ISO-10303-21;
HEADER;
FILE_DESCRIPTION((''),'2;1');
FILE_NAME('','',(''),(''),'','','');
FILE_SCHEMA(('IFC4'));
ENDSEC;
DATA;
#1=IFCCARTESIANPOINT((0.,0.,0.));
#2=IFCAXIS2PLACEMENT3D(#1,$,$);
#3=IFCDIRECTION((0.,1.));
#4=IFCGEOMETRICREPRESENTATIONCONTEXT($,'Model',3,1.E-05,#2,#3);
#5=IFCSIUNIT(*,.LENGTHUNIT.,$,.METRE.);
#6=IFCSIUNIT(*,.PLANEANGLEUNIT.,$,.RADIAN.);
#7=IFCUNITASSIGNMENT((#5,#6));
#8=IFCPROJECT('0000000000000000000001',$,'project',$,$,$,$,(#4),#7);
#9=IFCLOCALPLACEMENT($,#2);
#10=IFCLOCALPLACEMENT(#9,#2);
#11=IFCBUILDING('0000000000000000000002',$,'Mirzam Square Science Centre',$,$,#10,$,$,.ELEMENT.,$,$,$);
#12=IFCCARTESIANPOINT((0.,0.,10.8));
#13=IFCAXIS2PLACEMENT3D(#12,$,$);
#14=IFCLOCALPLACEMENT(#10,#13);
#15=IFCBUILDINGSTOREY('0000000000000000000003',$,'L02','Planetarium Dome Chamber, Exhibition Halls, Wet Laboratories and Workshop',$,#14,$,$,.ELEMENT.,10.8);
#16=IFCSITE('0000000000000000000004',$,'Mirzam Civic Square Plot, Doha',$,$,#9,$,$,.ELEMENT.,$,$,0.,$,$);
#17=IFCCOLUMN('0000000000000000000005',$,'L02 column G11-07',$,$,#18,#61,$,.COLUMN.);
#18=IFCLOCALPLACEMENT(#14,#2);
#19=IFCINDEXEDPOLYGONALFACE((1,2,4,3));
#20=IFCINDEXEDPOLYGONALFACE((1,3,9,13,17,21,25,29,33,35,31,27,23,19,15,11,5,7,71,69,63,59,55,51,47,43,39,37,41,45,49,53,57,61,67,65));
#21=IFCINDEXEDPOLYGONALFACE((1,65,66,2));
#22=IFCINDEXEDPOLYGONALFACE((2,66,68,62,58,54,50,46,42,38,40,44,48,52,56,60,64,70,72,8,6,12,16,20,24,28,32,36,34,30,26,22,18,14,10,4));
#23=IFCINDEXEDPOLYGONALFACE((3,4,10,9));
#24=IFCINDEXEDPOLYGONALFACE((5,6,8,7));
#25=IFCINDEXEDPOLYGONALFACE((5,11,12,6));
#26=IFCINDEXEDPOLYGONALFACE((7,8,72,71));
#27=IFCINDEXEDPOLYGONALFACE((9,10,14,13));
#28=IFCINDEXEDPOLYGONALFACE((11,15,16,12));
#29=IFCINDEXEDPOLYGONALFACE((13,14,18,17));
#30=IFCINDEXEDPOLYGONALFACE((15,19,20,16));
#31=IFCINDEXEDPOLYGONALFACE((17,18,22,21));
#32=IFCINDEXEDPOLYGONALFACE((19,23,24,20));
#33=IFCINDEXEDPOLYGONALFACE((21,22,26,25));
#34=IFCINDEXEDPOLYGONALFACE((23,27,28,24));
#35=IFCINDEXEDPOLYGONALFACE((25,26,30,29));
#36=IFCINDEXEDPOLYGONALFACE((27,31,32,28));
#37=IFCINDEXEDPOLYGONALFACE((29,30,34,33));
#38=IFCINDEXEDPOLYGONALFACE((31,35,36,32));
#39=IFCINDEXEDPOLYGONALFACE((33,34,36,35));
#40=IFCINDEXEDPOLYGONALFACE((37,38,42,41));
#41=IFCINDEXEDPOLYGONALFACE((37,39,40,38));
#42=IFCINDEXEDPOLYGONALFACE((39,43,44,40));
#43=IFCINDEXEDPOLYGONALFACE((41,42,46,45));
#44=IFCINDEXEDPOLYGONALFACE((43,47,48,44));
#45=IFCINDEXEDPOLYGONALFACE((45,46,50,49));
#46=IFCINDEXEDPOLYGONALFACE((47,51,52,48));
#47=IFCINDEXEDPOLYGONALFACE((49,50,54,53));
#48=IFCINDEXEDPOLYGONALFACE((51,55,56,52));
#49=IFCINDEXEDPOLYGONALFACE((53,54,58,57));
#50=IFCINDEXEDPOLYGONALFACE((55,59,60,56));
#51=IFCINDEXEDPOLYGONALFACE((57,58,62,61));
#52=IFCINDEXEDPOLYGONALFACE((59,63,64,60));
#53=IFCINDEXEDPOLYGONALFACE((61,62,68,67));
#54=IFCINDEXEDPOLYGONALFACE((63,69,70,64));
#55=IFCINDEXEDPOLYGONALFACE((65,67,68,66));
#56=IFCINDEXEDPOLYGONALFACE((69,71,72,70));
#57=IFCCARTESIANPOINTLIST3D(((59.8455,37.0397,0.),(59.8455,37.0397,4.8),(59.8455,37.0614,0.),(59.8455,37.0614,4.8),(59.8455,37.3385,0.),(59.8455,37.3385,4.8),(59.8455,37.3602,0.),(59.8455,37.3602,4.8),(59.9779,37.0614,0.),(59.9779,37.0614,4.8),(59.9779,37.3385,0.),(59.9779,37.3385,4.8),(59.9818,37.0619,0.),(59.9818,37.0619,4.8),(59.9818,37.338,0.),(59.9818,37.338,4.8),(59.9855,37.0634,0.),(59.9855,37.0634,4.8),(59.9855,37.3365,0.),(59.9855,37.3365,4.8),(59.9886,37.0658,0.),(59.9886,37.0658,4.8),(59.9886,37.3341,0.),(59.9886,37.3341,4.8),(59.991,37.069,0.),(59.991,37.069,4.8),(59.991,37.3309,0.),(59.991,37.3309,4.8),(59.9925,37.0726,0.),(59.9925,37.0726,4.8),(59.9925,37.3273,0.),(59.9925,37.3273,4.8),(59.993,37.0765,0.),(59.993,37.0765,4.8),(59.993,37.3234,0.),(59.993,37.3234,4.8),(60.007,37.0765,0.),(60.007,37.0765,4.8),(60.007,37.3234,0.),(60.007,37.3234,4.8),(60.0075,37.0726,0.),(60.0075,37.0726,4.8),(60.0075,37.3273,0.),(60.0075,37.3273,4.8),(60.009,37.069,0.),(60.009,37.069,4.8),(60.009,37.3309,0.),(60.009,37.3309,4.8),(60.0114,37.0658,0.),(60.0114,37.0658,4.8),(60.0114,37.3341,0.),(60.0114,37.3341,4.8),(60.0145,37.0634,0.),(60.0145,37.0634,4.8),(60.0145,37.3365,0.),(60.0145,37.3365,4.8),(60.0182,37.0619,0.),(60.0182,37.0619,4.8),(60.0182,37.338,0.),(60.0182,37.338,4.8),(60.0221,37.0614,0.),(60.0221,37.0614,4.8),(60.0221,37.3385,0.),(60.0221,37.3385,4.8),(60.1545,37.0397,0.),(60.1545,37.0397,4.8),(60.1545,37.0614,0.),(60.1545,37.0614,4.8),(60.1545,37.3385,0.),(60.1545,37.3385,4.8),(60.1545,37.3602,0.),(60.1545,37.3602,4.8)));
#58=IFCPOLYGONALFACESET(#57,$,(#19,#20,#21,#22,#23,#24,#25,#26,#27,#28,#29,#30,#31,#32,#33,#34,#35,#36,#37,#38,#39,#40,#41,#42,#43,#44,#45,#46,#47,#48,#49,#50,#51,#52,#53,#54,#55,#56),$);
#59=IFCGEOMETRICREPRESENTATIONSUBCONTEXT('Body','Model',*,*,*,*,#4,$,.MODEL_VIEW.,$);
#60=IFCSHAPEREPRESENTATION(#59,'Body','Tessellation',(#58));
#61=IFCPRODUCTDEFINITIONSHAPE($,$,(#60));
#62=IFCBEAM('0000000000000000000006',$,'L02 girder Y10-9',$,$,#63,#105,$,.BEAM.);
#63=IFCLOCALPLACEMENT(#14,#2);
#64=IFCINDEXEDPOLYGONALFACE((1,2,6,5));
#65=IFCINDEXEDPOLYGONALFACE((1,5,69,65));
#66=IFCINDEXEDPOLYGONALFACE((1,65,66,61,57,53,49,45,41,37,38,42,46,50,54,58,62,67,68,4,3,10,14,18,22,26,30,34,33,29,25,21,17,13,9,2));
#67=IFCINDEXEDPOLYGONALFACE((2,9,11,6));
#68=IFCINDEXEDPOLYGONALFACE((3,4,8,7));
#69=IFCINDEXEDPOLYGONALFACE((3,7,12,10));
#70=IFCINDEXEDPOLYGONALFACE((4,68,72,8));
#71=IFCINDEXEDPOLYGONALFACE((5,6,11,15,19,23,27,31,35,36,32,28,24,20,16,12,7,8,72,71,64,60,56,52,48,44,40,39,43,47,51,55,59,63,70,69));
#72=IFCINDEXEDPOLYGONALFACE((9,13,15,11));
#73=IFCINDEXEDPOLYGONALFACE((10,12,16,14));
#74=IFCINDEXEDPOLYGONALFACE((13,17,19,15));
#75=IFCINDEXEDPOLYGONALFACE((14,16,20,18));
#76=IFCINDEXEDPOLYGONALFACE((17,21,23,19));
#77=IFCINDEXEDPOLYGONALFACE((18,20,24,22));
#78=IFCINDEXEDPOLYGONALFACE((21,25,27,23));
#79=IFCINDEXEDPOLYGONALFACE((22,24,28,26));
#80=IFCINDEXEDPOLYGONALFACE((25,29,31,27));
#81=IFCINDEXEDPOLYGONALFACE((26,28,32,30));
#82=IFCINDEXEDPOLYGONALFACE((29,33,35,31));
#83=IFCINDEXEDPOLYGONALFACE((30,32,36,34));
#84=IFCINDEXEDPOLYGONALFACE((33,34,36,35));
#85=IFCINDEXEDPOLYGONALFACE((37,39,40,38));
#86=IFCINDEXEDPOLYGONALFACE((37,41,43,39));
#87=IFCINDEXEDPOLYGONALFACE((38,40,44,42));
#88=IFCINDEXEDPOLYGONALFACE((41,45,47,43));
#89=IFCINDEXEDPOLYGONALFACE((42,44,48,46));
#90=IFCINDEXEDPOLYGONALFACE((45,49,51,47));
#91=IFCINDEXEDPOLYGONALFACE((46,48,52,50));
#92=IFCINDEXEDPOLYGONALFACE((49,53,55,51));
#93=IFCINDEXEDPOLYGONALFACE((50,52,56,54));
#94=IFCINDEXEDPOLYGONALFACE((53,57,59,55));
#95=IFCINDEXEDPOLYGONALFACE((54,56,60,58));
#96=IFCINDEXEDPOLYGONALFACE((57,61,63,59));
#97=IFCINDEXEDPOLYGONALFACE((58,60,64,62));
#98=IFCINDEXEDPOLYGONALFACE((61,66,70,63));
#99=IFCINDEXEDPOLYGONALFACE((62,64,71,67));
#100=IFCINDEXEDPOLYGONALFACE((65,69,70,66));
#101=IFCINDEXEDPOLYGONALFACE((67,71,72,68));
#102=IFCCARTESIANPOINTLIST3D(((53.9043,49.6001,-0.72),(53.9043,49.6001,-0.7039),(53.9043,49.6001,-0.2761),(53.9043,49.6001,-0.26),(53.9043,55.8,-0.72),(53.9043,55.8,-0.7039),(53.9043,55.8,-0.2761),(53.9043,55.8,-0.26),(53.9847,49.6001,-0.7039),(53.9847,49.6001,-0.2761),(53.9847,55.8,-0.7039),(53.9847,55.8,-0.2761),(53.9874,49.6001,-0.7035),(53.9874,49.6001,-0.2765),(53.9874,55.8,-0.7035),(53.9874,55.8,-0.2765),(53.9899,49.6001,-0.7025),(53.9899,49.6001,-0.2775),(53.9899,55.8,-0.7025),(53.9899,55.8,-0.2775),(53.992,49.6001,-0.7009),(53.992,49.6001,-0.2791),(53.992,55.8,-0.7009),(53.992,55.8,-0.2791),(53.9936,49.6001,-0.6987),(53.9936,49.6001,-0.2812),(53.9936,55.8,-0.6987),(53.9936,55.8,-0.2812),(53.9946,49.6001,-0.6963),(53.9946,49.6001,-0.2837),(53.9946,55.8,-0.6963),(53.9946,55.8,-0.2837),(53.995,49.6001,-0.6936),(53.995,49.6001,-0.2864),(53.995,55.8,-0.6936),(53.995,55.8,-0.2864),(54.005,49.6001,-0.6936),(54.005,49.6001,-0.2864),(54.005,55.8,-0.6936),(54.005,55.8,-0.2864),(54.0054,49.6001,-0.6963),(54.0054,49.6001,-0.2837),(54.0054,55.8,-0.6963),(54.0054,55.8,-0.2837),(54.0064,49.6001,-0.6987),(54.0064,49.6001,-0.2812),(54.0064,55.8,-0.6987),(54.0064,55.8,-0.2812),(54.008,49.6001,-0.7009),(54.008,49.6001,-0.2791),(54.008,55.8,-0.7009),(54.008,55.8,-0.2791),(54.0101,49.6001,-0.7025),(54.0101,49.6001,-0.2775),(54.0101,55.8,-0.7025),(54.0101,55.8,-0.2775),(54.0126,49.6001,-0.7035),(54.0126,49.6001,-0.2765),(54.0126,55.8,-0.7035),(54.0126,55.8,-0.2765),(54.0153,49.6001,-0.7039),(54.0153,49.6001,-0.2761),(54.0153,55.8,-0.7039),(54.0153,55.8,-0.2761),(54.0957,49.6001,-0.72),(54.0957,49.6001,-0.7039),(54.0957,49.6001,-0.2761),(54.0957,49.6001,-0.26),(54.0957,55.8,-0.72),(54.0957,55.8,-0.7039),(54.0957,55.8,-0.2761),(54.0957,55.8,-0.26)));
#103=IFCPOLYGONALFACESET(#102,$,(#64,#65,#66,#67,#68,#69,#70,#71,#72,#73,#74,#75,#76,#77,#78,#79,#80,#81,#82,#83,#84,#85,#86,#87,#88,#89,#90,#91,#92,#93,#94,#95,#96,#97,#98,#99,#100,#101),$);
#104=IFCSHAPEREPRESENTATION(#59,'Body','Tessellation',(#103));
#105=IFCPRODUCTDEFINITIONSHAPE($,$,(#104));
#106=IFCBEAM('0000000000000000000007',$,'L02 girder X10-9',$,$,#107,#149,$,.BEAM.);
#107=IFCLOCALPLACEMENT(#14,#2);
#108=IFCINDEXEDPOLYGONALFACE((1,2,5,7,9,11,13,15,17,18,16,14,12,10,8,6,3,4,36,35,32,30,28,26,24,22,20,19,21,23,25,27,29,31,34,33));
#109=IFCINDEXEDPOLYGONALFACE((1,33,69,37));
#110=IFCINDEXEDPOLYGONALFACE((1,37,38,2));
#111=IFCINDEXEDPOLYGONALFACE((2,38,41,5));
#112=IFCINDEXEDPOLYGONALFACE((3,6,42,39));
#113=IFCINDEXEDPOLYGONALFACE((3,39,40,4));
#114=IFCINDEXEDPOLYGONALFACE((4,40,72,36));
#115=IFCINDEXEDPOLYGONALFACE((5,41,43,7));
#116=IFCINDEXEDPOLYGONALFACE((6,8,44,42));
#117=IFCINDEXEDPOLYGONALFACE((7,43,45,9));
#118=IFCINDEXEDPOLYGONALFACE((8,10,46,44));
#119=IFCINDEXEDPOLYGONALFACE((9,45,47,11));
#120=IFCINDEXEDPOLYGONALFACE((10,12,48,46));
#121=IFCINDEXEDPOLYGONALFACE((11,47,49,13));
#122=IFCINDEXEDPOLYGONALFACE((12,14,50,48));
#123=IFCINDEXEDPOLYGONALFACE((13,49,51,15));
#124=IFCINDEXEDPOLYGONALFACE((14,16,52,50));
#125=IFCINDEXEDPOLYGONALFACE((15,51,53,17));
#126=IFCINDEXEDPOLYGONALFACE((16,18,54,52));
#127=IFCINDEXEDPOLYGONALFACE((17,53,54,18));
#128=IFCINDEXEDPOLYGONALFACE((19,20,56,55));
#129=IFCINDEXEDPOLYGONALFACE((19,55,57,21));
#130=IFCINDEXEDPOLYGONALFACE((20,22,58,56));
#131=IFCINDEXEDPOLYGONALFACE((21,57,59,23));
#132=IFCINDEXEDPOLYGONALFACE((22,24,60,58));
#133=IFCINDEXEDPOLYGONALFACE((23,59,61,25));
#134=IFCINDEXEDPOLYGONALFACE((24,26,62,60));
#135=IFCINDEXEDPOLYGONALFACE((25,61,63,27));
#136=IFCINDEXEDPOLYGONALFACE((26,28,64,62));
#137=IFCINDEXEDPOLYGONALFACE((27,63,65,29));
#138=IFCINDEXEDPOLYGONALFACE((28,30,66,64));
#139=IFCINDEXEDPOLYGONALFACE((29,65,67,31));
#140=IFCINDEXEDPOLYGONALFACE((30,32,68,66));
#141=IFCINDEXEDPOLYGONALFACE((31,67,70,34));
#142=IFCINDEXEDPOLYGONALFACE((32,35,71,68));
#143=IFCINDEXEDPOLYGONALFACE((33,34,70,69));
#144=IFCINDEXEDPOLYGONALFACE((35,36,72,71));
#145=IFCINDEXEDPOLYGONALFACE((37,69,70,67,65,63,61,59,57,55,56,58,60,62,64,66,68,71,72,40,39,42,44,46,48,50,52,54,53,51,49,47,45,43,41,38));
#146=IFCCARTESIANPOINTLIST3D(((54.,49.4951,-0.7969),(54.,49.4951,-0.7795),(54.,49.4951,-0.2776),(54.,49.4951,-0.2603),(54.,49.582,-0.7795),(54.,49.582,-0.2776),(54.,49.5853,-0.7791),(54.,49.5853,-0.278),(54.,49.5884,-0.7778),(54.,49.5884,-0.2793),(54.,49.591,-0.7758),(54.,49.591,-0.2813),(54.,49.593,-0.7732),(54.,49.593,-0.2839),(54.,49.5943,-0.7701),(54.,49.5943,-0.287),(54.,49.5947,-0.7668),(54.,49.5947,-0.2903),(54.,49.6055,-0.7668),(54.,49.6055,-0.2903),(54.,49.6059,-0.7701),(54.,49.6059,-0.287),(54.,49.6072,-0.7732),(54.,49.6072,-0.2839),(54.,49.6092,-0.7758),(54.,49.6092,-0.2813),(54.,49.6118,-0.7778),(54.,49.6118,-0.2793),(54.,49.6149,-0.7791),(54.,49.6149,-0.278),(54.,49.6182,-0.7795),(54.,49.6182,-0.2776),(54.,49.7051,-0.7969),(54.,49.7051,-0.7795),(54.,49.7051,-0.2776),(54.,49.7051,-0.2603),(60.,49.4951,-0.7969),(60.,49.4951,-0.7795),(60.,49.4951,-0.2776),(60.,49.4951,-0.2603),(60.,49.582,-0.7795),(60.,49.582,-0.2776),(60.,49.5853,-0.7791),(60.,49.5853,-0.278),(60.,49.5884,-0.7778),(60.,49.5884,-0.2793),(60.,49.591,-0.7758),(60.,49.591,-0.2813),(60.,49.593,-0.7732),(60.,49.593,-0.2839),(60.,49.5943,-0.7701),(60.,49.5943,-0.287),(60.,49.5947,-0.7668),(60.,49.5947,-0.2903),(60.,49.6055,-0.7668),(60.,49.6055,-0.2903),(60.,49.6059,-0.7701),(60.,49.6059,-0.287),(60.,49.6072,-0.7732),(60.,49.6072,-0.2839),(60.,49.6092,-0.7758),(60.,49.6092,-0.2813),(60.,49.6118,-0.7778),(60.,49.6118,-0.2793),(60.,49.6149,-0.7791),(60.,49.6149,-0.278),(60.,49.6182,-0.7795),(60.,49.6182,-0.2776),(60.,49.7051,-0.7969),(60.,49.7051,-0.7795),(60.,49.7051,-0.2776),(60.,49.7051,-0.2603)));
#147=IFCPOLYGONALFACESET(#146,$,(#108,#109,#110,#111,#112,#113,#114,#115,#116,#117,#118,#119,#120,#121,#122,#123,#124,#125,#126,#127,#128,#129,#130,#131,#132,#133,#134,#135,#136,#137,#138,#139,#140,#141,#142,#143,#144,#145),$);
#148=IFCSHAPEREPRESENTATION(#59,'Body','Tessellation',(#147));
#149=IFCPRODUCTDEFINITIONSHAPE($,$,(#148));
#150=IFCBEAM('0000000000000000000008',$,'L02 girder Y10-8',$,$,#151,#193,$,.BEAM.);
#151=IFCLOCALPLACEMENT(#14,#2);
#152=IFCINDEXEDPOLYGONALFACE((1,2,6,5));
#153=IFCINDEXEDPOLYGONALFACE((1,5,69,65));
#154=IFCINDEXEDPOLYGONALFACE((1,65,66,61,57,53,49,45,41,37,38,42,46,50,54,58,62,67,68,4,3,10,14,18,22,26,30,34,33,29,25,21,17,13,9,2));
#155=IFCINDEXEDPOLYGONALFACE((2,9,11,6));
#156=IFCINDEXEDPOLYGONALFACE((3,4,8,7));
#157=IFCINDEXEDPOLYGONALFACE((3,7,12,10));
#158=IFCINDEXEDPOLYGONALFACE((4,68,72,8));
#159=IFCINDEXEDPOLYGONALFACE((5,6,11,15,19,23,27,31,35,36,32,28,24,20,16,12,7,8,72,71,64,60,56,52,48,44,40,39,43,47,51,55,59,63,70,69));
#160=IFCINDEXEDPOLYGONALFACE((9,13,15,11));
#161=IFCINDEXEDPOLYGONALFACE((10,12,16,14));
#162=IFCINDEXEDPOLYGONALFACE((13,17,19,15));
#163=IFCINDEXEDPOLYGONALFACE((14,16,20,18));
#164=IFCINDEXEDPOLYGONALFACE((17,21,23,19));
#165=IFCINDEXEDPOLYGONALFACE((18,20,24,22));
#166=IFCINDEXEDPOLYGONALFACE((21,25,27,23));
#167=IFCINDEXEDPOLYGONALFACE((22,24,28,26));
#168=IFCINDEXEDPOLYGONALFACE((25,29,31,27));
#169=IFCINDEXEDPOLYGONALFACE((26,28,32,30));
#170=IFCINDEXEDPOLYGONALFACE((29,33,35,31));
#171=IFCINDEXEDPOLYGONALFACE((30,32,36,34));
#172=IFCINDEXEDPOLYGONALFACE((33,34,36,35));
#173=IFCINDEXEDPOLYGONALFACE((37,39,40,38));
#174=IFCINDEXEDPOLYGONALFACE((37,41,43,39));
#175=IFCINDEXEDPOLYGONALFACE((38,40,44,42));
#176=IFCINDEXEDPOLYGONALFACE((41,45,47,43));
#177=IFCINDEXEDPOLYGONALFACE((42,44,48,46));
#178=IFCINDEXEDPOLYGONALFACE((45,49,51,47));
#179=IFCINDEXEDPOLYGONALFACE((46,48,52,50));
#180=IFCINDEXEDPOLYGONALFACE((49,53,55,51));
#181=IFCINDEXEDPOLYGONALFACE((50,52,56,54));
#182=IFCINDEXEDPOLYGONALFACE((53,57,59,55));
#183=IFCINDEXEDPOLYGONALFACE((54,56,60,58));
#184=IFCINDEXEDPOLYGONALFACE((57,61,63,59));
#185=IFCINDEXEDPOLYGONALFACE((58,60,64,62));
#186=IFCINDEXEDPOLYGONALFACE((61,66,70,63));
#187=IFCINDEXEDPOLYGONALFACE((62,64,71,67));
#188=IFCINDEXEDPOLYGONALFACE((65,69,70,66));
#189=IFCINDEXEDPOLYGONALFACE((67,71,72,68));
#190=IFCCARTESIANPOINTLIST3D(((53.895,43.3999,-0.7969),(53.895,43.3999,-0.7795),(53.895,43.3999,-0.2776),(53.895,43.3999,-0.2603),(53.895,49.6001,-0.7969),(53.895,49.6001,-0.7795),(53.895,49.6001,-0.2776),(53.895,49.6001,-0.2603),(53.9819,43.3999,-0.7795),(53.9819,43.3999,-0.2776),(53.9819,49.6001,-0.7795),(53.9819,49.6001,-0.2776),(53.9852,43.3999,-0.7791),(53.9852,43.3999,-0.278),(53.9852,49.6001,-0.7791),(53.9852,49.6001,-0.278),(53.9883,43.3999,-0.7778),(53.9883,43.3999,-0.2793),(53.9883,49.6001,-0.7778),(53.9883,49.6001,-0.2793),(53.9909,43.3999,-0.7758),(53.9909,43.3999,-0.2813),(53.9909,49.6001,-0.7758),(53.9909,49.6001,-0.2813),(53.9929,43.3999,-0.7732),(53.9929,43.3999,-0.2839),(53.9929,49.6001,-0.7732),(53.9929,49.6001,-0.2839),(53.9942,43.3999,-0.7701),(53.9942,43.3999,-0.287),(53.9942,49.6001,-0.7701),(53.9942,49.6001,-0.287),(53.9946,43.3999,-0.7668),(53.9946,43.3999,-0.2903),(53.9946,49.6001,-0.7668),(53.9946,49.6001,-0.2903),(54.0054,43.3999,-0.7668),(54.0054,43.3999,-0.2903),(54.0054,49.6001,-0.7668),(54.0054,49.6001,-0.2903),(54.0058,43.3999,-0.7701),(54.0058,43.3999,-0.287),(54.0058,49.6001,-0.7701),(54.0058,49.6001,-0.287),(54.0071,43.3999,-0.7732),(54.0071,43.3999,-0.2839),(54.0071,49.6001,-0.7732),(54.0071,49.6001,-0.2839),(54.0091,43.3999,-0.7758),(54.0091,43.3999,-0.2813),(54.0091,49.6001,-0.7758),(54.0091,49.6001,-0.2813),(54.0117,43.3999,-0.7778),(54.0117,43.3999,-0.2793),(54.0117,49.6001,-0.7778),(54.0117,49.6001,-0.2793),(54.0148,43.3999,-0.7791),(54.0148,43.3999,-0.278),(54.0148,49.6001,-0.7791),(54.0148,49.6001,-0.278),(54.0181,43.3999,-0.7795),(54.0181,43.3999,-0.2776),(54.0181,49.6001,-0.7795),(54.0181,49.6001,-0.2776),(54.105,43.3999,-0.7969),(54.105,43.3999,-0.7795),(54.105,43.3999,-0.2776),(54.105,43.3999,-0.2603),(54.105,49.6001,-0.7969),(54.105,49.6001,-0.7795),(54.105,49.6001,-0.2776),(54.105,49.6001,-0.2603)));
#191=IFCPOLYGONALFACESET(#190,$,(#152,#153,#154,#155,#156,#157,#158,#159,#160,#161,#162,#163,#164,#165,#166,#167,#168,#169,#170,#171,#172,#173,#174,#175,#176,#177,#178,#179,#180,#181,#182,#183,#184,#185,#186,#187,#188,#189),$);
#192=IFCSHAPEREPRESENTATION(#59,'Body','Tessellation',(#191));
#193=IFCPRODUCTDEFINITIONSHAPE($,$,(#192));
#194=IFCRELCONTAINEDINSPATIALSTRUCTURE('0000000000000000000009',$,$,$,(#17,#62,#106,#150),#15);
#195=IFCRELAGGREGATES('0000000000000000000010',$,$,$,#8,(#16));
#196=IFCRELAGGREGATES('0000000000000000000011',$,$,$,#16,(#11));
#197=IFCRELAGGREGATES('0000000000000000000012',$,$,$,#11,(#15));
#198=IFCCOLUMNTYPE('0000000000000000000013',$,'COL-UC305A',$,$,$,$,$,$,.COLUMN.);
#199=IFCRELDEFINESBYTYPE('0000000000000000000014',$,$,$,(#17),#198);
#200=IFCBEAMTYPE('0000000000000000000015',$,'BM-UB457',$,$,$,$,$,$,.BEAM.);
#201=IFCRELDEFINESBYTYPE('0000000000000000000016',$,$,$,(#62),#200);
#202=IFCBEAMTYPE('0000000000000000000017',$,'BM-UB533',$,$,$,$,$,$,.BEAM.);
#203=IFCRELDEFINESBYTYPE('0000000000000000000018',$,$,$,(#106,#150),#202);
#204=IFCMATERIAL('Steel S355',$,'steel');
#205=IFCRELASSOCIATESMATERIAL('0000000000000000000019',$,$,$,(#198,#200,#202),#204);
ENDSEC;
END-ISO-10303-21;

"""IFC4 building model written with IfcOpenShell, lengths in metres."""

from ifc_helpers import new_model, si_unit, direction, frame, origin, origin_2d, place, context, subcontext, project, spatial, i_section, extrude, material, material_profile, profile_set, type_object, element, save


model = new_model("IFC4")

# Units and contexts
model_context = context("Model", 3, precision=1e-05, world=origin(), true_north=direction((0.0, 1.0)))
body_context = subcontext(model_context, "Body", "Model", "MODEL_VIEW")
ifc_project = project(units=[si_unit("LENGTHUNIT", "METRE"), si_unit("PLANEANGLEUNIT", "RADIAN")], contexts=[model_context])

# Site, building, storey
site_placement = place(None, origin())
site = spatial("IfcSite", under=ifc_project, at=site_placement, Name="Mirzam Civic Square Plot, Doha", CompositionType="ELEMENT", RefElevation=0.0)
building_placement = place(site_placement, origin())
building = spatial("IfcBuilding", under=site, at=building_placement, Name="Mirzam Square Science Centre", CompositionType="ELEMENT")
storey_placement = place(building_placement, frame((0.0, 0.0, 10.8)))
storey = spatial("IfcBuildingStorey", under=building, at=storey_placement, Name="L02", Description="Planetarium Dome Chamber, Exhibition Halls, Wet Laboratories and Workshop", CompositionType="ELEMENT", Elevation=10.8)

# Column
ifc_material_1 = material(Name="Steel S355", Category="steel")
ifc_material_profile_1 = material_profile(ifc_material_1, i_section(OverallWidth=0.3091, OverallDepth=0.3206, WebThickness=0.0139, FlangeThickness=0.0217, FilletRadius=0.0151, at=origin_2d()), Name="305x305x137UC")
ifc_profile_set_1 = profile_set([ifc_material_profile_1], Name="Steel S355")
column_type_1 = type_object("IfcColumnType", Name="COL-UC305A", PredefinedType="COLUMN", material=ifc_profile_set_1)
for number, where, z_axis, x_axis, name in (
    (1, (60.0, 37.2, 0.0), (0.0, 0.0, 1.0), (1.0, 0.0, 0.0), "L02 column G11-07"),
):
    element("IfcColumn", number, at=place(storey_placement, frame(where, z_axis=z_axis, x_axis=x_axis)), inside=storey, type_object=column_type_1, Name=name, PredefinedType="COLUMN", context=body_context, shape_type="SweptSolid", body=[
        extrude(i_section(OverallWidth=0.3091, OverallDepth=0.3206, WebThickness=0.0139, FlangeThickness=0.0217, FilletRadius=0.0151, at=origin_2d()), origin(), (0.0, 0.0, 1.0), 4.8),
    ])

# Beams
ifc_material_profile_2 = material_profile(ifc_material_1, i_section(OverallWidth=0.1914, OverallDepth=0.46, WebThickness=0.01, FlangeThickness=0.0161, FilletRadius=0.0103, at=origin_2d()), Name="457x191x82UB")
ifc_profile_set_2 = profile_set([ifc_material_profile_2], Name="Steel S355")
beam_type_1 = type_object("IfcBeamType", Name="BM-UB457", PredefinedType="BEAM", material=ifc_profile_set_2)
beam_1_placement = place(storey_placement, frame((54.0, 49.6001, -0.49), z_axis=(0.0, 1.0, 0.0), x_axis=(-1.0, 0.0, 0.0)))
element("IfcBeam", 2, at=beam_1_placement, inside=storey, type_object=beam_type_1, Name="L02 girder Y10-9", PredefinedType="BEAM", context=body_context, shape_type="SweptSolid", body=[
    extrude(i_section(OverallWidth=0.1914, OverallDepth=0.46, WebThickness=0.01, FlangeThickness=0.0161, FilletRadius=0.0103, at=origin_2d()), origin(), (0.0, 0.0, 1.0), 6.2),
])
ifc_material_profile_3 = material_profile(ifc_material_1, i_section(OverallWidth=0.21, OverallDepth=0.5366, WebThickness=0.0107, FlangeThickness=0.0173, FilletRadius=0.0127, at=origin_2d()), Name="533x210x101UB")
ifc_profile_set_3 = profile_set([ifc_material_profile_3], Name="Steel S355")
beam_type_2 = type_object("IfcBeamType", Name="BM-UB533", PredefinedType="BEAM", material=ifc_profile_set_3)
beam_2_placement = place(storey_placement, frame((54.0, 49.6001, -0.5286), z_axis=(1.0, 0.0, 0.0), x_axis=(0.0, 1.0, 0.0)))
element("IfcBeam", 3, at=beam_2_placement, inside=storey, type_object=beam_type_2, Name="L02 girder X10-9", PredefinedType="BEAM", context=body_context, shape_type="SweptSolid", body=[
    extrude(i_section(OverallWidth=0.21, OverallDepth=0.5366, WebThickness=0.0107, FlangeThickness=0.0173, FilletRadius=0.0127, at=origin_2d()), origin(), (0.0, 0.0, 1.0), 6.0),
])
beam_3_placement = place(storey_placement, frame((54.0, 43.3999, -0.5286), z_axis=(0.0, 1.0, 0.0), x_axis=(-1.0, 0.0, 0.0)))
element("IfcBeam", 4, at=beam_3_placement, inside=storey, type_object=beam_type_2, Name="L02 girder Y10-8", PredefinedType="BEAM", context=body_context, shape_type="SweptSolid", body=[
    extrude(i_section(OverallWidth=0.21, OverallDepth=0.5366, WebThickness=0.0107, FlangeThickness=0.0173, FilletRadius=0.0127, at=origin_2d()), origin(), (0.0, 0.0, 1.0), 6.2002),
])

save(model, "model.ifc")
